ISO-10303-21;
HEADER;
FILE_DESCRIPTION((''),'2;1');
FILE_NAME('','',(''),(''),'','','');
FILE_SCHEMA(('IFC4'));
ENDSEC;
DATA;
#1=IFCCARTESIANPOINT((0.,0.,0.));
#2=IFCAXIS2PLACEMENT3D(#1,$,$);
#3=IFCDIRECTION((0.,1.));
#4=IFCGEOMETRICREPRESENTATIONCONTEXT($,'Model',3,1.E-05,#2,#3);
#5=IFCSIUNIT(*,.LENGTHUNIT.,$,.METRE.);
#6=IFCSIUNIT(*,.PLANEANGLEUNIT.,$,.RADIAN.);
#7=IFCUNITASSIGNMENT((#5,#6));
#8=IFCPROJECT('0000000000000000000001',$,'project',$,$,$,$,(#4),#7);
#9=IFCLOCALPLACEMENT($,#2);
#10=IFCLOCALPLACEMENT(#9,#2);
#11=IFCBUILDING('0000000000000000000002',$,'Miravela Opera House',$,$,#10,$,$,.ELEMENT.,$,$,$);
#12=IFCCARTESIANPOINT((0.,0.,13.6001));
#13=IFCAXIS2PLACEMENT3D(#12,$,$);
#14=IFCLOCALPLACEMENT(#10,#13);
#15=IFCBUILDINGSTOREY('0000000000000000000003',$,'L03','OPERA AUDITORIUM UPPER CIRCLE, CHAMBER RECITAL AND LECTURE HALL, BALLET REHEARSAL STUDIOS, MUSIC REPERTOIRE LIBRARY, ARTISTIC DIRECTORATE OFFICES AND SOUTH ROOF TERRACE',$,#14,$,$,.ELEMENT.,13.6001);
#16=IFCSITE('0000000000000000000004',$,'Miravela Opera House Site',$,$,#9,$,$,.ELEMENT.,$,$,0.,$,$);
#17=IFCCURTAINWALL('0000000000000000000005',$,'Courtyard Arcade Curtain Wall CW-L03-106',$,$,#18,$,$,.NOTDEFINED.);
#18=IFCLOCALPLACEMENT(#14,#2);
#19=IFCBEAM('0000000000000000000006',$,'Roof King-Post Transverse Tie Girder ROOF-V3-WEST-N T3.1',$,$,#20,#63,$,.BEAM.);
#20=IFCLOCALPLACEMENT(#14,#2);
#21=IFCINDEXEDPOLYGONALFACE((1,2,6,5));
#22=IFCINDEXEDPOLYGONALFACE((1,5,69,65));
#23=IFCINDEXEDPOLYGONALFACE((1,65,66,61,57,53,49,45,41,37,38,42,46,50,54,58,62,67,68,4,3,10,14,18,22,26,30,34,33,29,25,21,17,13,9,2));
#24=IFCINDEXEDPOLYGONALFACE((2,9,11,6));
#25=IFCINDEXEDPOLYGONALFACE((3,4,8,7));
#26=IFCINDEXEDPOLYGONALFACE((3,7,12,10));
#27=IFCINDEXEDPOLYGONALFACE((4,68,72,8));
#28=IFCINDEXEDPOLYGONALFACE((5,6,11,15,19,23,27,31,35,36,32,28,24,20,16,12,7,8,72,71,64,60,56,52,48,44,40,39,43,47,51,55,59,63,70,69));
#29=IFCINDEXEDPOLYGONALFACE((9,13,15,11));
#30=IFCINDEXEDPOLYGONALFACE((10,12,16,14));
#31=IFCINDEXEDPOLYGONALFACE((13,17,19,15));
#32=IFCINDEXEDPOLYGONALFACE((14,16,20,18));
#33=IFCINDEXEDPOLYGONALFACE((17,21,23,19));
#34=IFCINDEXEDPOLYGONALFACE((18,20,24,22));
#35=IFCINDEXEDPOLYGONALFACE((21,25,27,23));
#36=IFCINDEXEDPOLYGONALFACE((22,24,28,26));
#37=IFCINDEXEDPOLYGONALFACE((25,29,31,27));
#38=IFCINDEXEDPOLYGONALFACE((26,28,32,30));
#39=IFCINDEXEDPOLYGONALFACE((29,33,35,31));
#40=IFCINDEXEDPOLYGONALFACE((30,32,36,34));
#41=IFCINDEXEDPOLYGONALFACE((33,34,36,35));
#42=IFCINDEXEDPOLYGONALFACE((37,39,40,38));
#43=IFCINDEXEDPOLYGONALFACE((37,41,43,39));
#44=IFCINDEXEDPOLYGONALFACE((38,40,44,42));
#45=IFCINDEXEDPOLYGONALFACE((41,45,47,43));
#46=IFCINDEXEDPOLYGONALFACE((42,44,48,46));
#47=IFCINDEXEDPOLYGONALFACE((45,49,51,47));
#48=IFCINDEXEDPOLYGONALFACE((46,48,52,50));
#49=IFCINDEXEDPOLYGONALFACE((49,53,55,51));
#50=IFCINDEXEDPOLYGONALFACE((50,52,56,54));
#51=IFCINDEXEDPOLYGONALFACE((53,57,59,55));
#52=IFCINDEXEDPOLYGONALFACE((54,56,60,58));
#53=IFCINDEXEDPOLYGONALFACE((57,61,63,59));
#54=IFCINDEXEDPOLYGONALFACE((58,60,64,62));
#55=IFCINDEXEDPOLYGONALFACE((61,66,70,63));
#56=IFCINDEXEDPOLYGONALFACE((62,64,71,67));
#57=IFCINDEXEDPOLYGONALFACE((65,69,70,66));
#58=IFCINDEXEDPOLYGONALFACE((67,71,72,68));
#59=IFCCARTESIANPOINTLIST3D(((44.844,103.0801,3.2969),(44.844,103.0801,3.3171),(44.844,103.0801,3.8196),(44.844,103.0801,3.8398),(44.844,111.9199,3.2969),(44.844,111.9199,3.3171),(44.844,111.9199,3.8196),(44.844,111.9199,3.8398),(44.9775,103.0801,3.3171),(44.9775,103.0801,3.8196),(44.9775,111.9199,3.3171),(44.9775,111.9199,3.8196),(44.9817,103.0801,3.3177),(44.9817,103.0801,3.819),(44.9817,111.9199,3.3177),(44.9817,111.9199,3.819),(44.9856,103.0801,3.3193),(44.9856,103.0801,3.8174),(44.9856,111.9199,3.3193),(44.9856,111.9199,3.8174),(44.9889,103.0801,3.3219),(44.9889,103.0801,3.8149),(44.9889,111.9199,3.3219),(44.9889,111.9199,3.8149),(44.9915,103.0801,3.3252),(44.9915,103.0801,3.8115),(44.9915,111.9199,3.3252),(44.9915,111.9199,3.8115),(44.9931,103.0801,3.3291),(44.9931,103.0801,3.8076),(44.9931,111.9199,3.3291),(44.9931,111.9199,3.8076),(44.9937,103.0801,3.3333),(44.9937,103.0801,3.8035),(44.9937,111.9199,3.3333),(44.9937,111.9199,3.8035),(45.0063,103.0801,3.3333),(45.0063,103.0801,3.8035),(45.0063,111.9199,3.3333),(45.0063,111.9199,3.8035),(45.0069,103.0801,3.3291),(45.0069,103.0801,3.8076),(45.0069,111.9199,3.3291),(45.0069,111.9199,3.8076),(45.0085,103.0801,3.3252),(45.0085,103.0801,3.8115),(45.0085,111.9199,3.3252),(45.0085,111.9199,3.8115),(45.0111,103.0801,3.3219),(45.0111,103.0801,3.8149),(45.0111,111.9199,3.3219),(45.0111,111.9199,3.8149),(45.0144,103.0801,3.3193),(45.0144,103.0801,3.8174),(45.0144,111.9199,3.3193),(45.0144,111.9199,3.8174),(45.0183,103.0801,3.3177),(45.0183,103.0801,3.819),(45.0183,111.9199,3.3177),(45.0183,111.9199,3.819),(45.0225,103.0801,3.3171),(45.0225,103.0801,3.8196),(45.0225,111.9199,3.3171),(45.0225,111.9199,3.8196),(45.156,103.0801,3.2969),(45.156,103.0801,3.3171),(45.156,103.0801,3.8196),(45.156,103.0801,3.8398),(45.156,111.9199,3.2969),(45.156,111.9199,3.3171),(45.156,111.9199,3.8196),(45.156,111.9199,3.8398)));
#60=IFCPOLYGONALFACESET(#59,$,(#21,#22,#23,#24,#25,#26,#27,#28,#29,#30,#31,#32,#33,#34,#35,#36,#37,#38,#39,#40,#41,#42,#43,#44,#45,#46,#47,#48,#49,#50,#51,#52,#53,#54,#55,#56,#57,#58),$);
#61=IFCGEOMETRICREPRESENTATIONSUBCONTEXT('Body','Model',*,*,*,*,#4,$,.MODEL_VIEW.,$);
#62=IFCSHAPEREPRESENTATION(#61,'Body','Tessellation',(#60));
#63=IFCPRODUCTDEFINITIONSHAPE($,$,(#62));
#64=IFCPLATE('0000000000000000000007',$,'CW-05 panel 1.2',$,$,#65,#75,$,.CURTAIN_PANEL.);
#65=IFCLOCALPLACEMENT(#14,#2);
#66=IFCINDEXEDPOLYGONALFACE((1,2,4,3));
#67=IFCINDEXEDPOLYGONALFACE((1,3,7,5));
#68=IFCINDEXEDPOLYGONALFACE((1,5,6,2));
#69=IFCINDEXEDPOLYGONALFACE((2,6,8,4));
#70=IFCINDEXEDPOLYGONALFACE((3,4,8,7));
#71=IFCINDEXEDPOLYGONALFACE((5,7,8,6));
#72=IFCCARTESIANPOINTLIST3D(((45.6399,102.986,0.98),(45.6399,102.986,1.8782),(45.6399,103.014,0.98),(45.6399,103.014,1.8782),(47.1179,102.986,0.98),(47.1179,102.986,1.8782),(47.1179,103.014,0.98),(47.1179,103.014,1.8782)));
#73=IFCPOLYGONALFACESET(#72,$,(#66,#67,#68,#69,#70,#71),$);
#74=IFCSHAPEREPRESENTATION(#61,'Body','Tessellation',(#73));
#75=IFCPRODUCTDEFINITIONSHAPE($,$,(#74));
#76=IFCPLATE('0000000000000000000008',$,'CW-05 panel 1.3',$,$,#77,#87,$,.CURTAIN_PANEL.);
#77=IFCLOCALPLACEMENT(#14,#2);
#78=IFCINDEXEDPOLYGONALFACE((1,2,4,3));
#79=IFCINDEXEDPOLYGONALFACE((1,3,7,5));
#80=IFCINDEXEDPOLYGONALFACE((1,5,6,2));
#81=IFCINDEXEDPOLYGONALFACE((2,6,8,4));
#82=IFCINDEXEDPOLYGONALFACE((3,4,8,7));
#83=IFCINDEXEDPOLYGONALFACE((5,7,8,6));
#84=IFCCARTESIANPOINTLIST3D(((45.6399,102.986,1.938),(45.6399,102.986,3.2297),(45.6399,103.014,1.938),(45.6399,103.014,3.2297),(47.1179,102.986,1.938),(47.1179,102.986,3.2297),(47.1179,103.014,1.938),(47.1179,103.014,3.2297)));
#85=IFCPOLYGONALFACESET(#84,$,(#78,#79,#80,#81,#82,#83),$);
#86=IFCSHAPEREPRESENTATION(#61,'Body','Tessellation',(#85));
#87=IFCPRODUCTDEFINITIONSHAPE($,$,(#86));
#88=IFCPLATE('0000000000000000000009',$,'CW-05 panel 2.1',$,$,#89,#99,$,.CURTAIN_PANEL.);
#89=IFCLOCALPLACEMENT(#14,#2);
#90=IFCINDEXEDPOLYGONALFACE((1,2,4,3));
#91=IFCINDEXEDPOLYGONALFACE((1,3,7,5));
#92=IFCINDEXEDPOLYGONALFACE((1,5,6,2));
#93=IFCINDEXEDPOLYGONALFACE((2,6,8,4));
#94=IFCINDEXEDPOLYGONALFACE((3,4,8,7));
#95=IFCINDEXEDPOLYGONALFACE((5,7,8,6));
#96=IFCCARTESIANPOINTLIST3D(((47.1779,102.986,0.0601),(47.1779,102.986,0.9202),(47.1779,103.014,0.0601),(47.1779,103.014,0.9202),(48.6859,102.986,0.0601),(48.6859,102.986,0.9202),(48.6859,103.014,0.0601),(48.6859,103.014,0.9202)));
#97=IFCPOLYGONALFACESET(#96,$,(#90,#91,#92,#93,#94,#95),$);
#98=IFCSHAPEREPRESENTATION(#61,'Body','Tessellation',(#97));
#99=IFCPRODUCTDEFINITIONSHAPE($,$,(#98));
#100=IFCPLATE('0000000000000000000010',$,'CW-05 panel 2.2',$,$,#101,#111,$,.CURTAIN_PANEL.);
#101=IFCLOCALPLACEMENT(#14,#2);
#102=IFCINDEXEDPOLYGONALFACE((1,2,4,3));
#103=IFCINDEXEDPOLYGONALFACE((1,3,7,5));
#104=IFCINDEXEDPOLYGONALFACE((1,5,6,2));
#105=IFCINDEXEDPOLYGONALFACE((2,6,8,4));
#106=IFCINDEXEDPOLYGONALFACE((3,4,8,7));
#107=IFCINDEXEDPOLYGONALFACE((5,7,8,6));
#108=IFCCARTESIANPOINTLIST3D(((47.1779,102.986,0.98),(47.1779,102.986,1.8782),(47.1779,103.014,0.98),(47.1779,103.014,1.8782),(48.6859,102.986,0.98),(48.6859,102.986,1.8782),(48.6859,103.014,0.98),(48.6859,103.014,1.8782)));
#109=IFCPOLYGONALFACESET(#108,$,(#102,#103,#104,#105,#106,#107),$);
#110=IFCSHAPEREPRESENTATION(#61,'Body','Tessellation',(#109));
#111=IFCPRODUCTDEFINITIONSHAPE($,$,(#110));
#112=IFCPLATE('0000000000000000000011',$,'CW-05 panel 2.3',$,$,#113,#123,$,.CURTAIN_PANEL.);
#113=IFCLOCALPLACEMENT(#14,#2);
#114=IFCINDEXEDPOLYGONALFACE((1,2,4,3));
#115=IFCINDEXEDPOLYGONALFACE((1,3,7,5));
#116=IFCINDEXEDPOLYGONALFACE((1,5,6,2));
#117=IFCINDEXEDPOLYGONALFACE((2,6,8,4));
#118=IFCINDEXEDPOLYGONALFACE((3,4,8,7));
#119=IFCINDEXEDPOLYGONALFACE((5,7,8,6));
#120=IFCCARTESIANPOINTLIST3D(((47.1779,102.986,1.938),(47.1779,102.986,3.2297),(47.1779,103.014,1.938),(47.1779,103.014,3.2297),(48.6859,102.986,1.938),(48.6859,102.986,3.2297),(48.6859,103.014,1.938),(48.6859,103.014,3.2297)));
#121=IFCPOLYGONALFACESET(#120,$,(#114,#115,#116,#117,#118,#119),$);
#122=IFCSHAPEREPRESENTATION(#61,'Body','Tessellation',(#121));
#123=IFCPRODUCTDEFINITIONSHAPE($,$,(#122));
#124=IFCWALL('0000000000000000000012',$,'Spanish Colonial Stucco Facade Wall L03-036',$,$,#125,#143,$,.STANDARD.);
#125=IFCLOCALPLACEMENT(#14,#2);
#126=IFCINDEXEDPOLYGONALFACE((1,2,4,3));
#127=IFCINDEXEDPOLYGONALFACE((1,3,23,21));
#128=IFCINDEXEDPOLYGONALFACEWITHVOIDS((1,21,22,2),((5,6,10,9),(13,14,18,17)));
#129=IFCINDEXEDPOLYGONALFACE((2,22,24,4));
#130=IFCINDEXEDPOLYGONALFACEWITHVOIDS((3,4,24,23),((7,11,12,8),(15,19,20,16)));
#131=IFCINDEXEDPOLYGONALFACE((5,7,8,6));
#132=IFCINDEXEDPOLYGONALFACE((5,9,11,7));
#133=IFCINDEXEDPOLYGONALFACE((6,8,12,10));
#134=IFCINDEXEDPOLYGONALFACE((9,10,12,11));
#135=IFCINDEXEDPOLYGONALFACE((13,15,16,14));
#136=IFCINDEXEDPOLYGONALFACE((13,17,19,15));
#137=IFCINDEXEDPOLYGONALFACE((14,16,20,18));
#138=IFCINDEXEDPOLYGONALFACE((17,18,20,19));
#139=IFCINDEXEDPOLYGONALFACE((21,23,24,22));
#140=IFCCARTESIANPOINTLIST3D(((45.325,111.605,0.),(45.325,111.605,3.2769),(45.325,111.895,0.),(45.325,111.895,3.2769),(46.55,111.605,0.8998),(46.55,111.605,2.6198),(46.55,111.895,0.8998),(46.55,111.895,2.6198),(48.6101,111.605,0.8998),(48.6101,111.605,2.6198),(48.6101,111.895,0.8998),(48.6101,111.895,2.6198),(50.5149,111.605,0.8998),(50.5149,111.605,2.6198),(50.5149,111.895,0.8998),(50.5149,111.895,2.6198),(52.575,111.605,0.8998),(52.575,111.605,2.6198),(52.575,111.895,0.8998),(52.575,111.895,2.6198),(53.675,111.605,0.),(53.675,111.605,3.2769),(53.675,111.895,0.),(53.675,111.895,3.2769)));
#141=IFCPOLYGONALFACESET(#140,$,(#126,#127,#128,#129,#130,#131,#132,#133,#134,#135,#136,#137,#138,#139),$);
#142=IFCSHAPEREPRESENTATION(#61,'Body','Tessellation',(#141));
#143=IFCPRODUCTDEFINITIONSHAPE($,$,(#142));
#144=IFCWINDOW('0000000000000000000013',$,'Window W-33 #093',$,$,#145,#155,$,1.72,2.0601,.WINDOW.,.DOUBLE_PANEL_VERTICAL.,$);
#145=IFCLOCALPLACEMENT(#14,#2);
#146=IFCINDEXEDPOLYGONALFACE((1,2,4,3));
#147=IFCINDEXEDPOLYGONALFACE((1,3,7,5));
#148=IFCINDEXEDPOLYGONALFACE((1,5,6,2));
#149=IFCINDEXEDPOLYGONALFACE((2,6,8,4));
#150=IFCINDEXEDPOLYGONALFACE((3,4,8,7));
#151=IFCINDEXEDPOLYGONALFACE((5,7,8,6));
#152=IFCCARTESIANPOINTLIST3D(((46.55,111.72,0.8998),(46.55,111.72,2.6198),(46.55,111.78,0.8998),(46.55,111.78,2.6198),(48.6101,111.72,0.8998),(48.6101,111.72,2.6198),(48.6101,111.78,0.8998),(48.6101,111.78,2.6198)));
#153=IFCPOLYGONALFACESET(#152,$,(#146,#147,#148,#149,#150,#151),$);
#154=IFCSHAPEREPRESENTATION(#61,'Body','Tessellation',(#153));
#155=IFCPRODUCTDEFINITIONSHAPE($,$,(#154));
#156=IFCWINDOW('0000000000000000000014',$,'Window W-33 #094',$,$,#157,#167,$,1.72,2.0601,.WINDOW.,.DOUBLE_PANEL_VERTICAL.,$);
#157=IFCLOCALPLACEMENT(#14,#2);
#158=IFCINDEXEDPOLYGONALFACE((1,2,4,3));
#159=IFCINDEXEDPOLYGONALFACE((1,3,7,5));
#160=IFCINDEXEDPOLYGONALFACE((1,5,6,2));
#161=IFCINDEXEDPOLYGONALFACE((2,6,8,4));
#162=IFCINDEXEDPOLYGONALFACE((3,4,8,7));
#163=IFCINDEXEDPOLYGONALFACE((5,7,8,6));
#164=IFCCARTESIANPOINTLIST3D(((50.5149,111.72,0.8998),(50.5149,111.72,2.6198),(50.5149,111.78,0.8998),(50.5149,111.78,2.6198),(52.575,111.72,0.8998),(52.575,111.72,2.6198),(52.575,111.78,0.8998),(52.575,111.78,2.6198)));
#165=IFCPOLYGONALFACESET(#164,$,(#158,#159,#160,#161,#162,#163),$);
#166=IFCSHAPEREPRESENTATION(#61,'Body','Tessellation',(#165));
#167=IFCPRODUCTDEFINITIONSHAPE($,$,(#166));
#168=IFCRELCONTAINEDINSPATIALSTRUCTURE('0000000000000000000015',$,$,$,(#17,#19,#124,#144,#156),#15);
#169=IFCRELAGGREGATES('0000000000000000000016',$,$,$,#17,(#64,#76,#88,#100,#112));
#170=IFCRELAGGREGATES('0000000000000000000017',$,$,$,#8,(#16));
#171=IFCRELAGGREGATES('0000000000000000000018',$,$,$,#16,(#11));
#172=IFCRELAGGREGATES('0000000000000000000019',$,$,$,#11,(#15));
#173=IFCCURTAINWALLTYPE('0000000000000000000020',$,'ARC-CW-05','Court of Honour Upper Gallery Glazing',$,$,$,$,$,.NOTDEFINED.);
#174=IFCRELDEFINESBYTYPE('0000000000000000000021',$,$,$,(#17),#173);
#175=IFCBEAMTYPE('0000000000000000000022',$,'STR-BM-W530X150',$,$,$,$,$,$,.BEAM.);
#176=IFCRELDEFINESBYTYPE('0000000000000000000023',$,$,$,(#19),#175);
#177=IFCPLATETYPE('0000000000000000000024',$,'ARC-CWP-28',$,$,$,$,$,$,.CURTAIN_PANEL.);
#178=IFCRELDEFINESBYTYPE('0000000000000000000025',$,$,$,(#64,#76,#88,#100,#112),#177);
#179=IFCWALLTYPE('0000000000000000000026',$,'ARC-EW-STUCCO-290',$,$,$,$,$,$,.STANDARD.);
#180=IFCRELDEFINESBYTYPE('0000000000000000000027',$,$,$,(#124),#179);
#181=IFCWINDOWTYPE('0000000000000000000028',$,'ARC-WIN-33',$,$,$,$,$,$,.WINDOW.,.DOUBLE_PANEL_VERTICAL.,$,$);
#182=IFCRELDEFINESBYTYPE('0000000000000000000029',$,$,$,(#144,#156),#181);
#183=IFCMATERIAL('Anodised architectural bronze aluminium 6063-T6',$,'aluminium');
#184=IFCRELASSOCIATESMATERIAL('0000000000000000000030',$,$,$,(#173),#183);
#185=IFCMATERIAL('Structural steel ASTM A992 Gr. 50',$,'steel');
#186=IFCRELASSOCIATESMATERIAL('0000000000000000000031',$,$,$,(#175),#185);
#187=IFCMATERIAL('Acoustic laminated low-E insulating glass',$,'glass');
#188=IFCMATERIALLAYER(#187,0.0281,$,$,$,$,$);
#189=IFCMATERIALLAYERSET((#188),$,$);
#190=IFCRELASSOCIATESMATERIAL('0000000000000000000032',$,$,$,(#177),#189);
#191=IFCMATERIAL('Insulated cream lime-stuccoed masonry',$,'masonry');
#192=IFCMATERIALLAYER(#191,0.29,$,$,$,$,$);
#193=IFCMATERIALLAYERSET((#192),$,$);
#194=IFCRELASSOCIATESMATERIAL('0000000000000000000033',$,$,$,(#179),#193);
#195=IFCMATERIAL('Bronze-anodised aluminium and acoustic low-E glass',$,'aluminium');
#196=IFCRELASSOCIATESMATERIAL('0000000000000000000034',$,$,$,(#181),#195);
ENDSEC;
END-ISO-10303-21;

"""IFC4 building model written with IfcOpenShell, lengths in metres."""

from ifc_helpers import new_model, si_unit, direction, frame, frame_2d, origin, origin_2d, place, context, subcontext, project, spatial, rectangle, i_section, extrude, material, layer, layer_set, material_profile, profile_set, type_object, element, fill, aggregate, save


model = new_model("IFC4")

# Units and contexts
model_context = context("Model", 3, precision=1e-05, world=origin(), true_north=direction((0.0, 1.0)))
body_context = subcontext(model_context, "Body", "Model", "MODEL_VIEW")
ifc_project = project(units=[si_unit("LENGTHUNIT", "METRE"), si_unit("PLANEANGLEUNIT", "RADIAN")], contexts=[model_context])

# Site, building, storey
site_placement = place(None, origin())
site = spatial("IfcSite", under=ifc_project, at=site_placement, Name="Miravela Opera House Site", CompositionType="ELEMENT", RefElevation=0.0)
building_placement = place(site_placement, origin())
building = spatial("IfcBuilding", under=site, at=building_placement, Name="Miravela Opera House", CompositionType="ELEMENT")
storey_placement = place(building_placement, frame((0.0, 0.0, 13.6001)))
storey = spatial("IfcBuildingStorey", under=building, at=storey_placement, Name="L03", Description="OPERA AUDITORIUM UPPER CIRCLE, CHAMBER RECITAL AND LECTURE HALL, BALLET REHEARSAL STUDIOS, MUSIC REPERTOIRE LIBRARY, ARTISTIC DIRECTORATE OFFICES AND SOUTH ROOF TERRACE", CompositionType="ELEMENT", Elevation=13.6001)

# Curtain wall
ifc_material_1 = material(Name="Anodised architectural bronze aluminium 6063-T6", Category="aluminium")
curtain_wall_type = type_object("IfcCurtainWallType", Name="ARC-CW-05", Description="Court of Honour Upper Gallery Glazing", PredefinedType="NOTDEFINED", material=ifc_material_1)
curtain_wall_placement = place(storey_placement, origin())
curtain_wall = element("IfcCurtainWall", 1, at=curtain_wall_placement, inside=storey, type_object=curtain_wall_type, Name="Courtyard Arcade Curtain Wall CW-L03-106", PredefinedType="NOTDEFINED")

# Beam
ifc_material_2 = material(Name="Structural steel ASTM A992 Gr. 50", Category="steel")
ifc_material_profile_1 = material_profile(ifc_material_2, i_section(OverallWidth=0.312, OverallDepth=0.543, WebThickness=0.0127, FlangeThickness=0.0203, FilletRadius=0.0161, at=origin_2d()), Name="W530X150")
ifc_profile_set_1 = profile_set([ifc_material_profile_1])
beam_type = type_object("IfcBeamType", Name="STR-BM-W530X150", PredefinedType="BEAM", material=ifc_profile_set_1)
for number, where, z_axis, x_axis, name in (
    (2, (45.0, 103.0801, 3.5684), (0.0, 1.0, 0.0), (-1.0, 0.0, 0.0), "Roof King-Post Transverse Tie Girder ROOF-V3-WEST-N T3.1"),
):
    element("IfcBeam", number, at=place(storey_placement, frame(where, z_axis=z_axis, x_axis=x_axis)), inside=storey, type_object=beam_type, Name=name, PredefinedType="BEAM", context=body_context, shape_type="SweptSolid", body=[
        extrude(i_section(OverallWidth=0.312, OverallDepth=0.543, WebThickness=0.0127, FlangeThickness=0.0203, FilletRadius=0.0161, at=origin_2d()), origin(), (0.0, 0.0, 1.0), 8.8398),
    ])

# Plates
ifc_material_3 = material(Name="Acoustic laminated low-E insulating glass", Category="glass")
ifc_layer_1 = layer(ifc_material_3, 0.0281)
ifc_layer_set_1 = layer_set([ifc_layer_1])
plate_type = type_object("IfcPlateType", Name="ARC-CWP-28", PredefinedType="CURTAIN_PANEL", material=ifc_layer_set_1)
plate_1_placement = place(storey_placement, frame((46.3789, 103.0, 0.98), z_axis=(0.0, 0.0, 1.0), x_axis=(1.0, 0.0, 0.0)))
plate_1 = element("IfcPlate", 3, at=plate_1_placement, type_object=plate_type, Name="CW-05 panel 1.2", PredefinedType="CURTAIN_PANEL", context=body_context, shape_type="SweptSolid", body=[
    extrude(rectangle(XDim=1.478, YDim=0.0281, at=origin_2d()), origin(), (0.0, 0.0, 1.0), 0.8982),
])
plate_2_placement = place(storey_placement, frame((46.3789, 103.0, 1.938), z_axis=(0.0, 0.0, 1.0), x_axis=(1.0, 0.0, 0.0)))
plate_2 = element("IfcPlate", 4, at=plate_2_placement, type_object=plate_type, Name="CW-05 panel 1.3", PredefinedType="CURTAIN_PANEL", context=body_context, shape_type="SweptSolid", body=[
    extrude(rectangle(XDim=1.478, YDim=0.0281, at=origin_2d()), origin(), (0.0, 0.0, 1.0), 1.2917),
])
plate_3_placement = place(storey_placement, frame((47.9319, 103.0, 0.0601), z_axis=(0.0, 0.0, 1.0), x_axis=(1.0, 0.0, 0.0)))
plate_3 = element("IfcPlate", 5, at=plate_3_placement, type_object=plate_type, Name="CW-05 panel 2.1", PredefinedType="CURTAIN_PANEL", context=body_context, shape_type="SweptSolid", body=[
    extrude(rectangle(XDim=1.5081, YDim=0.0281, at=origin_2d()), origin(), (0.0, 0.0, 1.0), 0.8601),
])
plate_4_placement = place(storey_placement, frame((47.9319, 103.0, 0.98), z_axis=(0.0, 0.0, 1.0), x_axis=(1.0, 0.0, 0.0)))
plate_4 = element("IfcPlate", 6, at=plate_4_placement, type_object=plate_type, Name="CW-05 panel 2.2", PredefinedType="CURTAIN_PANEL", context=body_context, shape_type="SweptSolid", body=[
    extrude(rectangle(XDim=1.5081, YDim=0.0281, at=origin_2d()), origin(), (0.0, 0.0, 1.0), 0.8982),
])
plate_5_placement = place(storey_placement, frame((47.9319, 103.0, 1.938), z_axis=(0.0, 0.0, 1.0), x_axis=(1.0, 0.0, 0.0)))
plate_5 = element("IfcPlate", 7, at=plate_5_placement, type_object=plate_type, Name="CW-05 panel 2.3", PredefinedType="CURTAIN_PANEL", context=body_context, shape_type="SweptSolid", body=[
    extrude(rectangle(XDim=1.5081, YDim=0.0281, at=origin_2d()), origin(), (0.0, 0.0, 1.0), 1.2917),
])
aggregate(curtain_wall, [plate_1, plate_2, plate_3, plate_4, plate_5])

# Wall, openings, windows
ifc_material_4 = material(Name="Insulated cream lime-stuccoed masonry", Category="masonry")
ifc_layer_2 = layer(ifc_material_4, 0.29)
ifc_layer_set_2 = layer_set([ifc_layer_2])
wall_type_1 = type_object("IfcWallType", Name="ARC-EW-STUCCO-290", PredefinedType="STANDARD", material=ifc_layer_set_2)
wall_1_placement = place(storey_placement, frame((45.325, 111.75, 0.0), z_axis=(0.0, 0.0, 1.0), x_axis=(1.0, 0.0, 0.0)))
wall_1 = element("IfcWall", 8, at=wall_1_placement, inside=storey, type_object=wall_type_1, Name="Spanish Colonial Stucco Facade Wall L03-036", PredefinedType="STANDARD", context=body_context, shape_type="SweptSolid", body=[
    extrude(rectangle(XDim=8.3501, YDim=0.29, at=frame_2d((4.175, 0.0))), origin(), (0.0, 0.0, 1.0), 3.2769),
])
opening_1_placement = place(wall_1_placement, frame((1.2251, 0.0, 0.8999)))
opening_1 = element("IfcOpeningElement", 9, at=opening_1_placement, cuts=wall_1, PredefinedType="OPENING", context=body_context, shape_type="SweptSolid", body=[
    extrude(rectangle(XDim=2.0601, YDim=1.72, at=frame_2d((1.03, 0.8599))), frame((0.0, 0.155, 0.0), z_axis=(0.0, -1.0, 0.0), x_axis=(1.0, 0.0, 0.0)), (0.0, 0.0, 1.0), 0.3101),
])
opening_2_placement = place(wall_1_placement, frame((5.1899, 0.0, 0.8999)))
opening_2 = element("IfcOpeningElement", 10, at=opening_2_placement, cuts=wall_1, PredefinedType="OPENING", context=body_context, shape_type="SweptSolid", body=[
    extrude(rectangle(XDim=2.0601, YDim=1.72, at=frame_2d((1.03, 0.8599))), frame((0.0, 0.155, 0.0), z_axis=(0.0, -1.0, 0.0), x_axis=(1.0, 0.0, 0.0)), (0.0, 0.0, 1.0), 0.3101),
])
ifc_material_5 = material(Name="Bronze-anodised aluminium and acoustic low-E glass", Category="aluminium")
window_type = type_object("IfcWindowType", Name="ARC-WIN-33", PartitioningType="DOUBLE_PANEL_VERTICAL", PredefinedType="WINDOW", material=ifc_material_5)
window_1_placement = place(opening_1_placement, origin())
window_1 = element("IfcWindow", 11, at=window_1_placement, inside=storey, type_object=window_type, Name="Window W-33 #093", OverallHeight=1.72, OverallWidth=2.0601, PartitioningType="DOUBLE_PANEL_VERTICAL", PredefinedType="WINDOW", context=body_context, shape_type="SweptSolid", body=[
    extrude(rectangle(XDim=2.0601, YDim=1.72, at=frame_2d((1.03, 0.8599))), frame((0.0, 0.03, 0.0), z_axis=(0.0, -1.0, 0.0), x_axis=(1.0, 0.0, 0.0)), (0.0, 0.0, 1.0), 0.0601),
])
fill(opening_1, window_1)
window_2_placement = place(opening_2_placement, origin())
window_2 = element("IfcWindow", 12, at=window_2_placement, inside=storey, type_object=window_type, Name="Window W-33 #094", OverallHeight=1.72, OverallWidth=2.0601, PartitioningType="DOUBLE_PANEL_VERTICAL", PredefinedType="WINDOW", context=body_context, shape_type="SweptSolid", body=[
    extrude(rectangle(XDim=2.0601, YDim=1.72, at=frame_2d((1.03, 0.8599))), frame((0.0, 0.03, 0.0), z_axis=(0.0, -1.0, 0.0), x_axis=(1.0, 0.0, 0.0)), (0.0, 0.0, 1.0), 0.0601),
])
fill(opening_2, window_2)

save(model, "model.ifc")
